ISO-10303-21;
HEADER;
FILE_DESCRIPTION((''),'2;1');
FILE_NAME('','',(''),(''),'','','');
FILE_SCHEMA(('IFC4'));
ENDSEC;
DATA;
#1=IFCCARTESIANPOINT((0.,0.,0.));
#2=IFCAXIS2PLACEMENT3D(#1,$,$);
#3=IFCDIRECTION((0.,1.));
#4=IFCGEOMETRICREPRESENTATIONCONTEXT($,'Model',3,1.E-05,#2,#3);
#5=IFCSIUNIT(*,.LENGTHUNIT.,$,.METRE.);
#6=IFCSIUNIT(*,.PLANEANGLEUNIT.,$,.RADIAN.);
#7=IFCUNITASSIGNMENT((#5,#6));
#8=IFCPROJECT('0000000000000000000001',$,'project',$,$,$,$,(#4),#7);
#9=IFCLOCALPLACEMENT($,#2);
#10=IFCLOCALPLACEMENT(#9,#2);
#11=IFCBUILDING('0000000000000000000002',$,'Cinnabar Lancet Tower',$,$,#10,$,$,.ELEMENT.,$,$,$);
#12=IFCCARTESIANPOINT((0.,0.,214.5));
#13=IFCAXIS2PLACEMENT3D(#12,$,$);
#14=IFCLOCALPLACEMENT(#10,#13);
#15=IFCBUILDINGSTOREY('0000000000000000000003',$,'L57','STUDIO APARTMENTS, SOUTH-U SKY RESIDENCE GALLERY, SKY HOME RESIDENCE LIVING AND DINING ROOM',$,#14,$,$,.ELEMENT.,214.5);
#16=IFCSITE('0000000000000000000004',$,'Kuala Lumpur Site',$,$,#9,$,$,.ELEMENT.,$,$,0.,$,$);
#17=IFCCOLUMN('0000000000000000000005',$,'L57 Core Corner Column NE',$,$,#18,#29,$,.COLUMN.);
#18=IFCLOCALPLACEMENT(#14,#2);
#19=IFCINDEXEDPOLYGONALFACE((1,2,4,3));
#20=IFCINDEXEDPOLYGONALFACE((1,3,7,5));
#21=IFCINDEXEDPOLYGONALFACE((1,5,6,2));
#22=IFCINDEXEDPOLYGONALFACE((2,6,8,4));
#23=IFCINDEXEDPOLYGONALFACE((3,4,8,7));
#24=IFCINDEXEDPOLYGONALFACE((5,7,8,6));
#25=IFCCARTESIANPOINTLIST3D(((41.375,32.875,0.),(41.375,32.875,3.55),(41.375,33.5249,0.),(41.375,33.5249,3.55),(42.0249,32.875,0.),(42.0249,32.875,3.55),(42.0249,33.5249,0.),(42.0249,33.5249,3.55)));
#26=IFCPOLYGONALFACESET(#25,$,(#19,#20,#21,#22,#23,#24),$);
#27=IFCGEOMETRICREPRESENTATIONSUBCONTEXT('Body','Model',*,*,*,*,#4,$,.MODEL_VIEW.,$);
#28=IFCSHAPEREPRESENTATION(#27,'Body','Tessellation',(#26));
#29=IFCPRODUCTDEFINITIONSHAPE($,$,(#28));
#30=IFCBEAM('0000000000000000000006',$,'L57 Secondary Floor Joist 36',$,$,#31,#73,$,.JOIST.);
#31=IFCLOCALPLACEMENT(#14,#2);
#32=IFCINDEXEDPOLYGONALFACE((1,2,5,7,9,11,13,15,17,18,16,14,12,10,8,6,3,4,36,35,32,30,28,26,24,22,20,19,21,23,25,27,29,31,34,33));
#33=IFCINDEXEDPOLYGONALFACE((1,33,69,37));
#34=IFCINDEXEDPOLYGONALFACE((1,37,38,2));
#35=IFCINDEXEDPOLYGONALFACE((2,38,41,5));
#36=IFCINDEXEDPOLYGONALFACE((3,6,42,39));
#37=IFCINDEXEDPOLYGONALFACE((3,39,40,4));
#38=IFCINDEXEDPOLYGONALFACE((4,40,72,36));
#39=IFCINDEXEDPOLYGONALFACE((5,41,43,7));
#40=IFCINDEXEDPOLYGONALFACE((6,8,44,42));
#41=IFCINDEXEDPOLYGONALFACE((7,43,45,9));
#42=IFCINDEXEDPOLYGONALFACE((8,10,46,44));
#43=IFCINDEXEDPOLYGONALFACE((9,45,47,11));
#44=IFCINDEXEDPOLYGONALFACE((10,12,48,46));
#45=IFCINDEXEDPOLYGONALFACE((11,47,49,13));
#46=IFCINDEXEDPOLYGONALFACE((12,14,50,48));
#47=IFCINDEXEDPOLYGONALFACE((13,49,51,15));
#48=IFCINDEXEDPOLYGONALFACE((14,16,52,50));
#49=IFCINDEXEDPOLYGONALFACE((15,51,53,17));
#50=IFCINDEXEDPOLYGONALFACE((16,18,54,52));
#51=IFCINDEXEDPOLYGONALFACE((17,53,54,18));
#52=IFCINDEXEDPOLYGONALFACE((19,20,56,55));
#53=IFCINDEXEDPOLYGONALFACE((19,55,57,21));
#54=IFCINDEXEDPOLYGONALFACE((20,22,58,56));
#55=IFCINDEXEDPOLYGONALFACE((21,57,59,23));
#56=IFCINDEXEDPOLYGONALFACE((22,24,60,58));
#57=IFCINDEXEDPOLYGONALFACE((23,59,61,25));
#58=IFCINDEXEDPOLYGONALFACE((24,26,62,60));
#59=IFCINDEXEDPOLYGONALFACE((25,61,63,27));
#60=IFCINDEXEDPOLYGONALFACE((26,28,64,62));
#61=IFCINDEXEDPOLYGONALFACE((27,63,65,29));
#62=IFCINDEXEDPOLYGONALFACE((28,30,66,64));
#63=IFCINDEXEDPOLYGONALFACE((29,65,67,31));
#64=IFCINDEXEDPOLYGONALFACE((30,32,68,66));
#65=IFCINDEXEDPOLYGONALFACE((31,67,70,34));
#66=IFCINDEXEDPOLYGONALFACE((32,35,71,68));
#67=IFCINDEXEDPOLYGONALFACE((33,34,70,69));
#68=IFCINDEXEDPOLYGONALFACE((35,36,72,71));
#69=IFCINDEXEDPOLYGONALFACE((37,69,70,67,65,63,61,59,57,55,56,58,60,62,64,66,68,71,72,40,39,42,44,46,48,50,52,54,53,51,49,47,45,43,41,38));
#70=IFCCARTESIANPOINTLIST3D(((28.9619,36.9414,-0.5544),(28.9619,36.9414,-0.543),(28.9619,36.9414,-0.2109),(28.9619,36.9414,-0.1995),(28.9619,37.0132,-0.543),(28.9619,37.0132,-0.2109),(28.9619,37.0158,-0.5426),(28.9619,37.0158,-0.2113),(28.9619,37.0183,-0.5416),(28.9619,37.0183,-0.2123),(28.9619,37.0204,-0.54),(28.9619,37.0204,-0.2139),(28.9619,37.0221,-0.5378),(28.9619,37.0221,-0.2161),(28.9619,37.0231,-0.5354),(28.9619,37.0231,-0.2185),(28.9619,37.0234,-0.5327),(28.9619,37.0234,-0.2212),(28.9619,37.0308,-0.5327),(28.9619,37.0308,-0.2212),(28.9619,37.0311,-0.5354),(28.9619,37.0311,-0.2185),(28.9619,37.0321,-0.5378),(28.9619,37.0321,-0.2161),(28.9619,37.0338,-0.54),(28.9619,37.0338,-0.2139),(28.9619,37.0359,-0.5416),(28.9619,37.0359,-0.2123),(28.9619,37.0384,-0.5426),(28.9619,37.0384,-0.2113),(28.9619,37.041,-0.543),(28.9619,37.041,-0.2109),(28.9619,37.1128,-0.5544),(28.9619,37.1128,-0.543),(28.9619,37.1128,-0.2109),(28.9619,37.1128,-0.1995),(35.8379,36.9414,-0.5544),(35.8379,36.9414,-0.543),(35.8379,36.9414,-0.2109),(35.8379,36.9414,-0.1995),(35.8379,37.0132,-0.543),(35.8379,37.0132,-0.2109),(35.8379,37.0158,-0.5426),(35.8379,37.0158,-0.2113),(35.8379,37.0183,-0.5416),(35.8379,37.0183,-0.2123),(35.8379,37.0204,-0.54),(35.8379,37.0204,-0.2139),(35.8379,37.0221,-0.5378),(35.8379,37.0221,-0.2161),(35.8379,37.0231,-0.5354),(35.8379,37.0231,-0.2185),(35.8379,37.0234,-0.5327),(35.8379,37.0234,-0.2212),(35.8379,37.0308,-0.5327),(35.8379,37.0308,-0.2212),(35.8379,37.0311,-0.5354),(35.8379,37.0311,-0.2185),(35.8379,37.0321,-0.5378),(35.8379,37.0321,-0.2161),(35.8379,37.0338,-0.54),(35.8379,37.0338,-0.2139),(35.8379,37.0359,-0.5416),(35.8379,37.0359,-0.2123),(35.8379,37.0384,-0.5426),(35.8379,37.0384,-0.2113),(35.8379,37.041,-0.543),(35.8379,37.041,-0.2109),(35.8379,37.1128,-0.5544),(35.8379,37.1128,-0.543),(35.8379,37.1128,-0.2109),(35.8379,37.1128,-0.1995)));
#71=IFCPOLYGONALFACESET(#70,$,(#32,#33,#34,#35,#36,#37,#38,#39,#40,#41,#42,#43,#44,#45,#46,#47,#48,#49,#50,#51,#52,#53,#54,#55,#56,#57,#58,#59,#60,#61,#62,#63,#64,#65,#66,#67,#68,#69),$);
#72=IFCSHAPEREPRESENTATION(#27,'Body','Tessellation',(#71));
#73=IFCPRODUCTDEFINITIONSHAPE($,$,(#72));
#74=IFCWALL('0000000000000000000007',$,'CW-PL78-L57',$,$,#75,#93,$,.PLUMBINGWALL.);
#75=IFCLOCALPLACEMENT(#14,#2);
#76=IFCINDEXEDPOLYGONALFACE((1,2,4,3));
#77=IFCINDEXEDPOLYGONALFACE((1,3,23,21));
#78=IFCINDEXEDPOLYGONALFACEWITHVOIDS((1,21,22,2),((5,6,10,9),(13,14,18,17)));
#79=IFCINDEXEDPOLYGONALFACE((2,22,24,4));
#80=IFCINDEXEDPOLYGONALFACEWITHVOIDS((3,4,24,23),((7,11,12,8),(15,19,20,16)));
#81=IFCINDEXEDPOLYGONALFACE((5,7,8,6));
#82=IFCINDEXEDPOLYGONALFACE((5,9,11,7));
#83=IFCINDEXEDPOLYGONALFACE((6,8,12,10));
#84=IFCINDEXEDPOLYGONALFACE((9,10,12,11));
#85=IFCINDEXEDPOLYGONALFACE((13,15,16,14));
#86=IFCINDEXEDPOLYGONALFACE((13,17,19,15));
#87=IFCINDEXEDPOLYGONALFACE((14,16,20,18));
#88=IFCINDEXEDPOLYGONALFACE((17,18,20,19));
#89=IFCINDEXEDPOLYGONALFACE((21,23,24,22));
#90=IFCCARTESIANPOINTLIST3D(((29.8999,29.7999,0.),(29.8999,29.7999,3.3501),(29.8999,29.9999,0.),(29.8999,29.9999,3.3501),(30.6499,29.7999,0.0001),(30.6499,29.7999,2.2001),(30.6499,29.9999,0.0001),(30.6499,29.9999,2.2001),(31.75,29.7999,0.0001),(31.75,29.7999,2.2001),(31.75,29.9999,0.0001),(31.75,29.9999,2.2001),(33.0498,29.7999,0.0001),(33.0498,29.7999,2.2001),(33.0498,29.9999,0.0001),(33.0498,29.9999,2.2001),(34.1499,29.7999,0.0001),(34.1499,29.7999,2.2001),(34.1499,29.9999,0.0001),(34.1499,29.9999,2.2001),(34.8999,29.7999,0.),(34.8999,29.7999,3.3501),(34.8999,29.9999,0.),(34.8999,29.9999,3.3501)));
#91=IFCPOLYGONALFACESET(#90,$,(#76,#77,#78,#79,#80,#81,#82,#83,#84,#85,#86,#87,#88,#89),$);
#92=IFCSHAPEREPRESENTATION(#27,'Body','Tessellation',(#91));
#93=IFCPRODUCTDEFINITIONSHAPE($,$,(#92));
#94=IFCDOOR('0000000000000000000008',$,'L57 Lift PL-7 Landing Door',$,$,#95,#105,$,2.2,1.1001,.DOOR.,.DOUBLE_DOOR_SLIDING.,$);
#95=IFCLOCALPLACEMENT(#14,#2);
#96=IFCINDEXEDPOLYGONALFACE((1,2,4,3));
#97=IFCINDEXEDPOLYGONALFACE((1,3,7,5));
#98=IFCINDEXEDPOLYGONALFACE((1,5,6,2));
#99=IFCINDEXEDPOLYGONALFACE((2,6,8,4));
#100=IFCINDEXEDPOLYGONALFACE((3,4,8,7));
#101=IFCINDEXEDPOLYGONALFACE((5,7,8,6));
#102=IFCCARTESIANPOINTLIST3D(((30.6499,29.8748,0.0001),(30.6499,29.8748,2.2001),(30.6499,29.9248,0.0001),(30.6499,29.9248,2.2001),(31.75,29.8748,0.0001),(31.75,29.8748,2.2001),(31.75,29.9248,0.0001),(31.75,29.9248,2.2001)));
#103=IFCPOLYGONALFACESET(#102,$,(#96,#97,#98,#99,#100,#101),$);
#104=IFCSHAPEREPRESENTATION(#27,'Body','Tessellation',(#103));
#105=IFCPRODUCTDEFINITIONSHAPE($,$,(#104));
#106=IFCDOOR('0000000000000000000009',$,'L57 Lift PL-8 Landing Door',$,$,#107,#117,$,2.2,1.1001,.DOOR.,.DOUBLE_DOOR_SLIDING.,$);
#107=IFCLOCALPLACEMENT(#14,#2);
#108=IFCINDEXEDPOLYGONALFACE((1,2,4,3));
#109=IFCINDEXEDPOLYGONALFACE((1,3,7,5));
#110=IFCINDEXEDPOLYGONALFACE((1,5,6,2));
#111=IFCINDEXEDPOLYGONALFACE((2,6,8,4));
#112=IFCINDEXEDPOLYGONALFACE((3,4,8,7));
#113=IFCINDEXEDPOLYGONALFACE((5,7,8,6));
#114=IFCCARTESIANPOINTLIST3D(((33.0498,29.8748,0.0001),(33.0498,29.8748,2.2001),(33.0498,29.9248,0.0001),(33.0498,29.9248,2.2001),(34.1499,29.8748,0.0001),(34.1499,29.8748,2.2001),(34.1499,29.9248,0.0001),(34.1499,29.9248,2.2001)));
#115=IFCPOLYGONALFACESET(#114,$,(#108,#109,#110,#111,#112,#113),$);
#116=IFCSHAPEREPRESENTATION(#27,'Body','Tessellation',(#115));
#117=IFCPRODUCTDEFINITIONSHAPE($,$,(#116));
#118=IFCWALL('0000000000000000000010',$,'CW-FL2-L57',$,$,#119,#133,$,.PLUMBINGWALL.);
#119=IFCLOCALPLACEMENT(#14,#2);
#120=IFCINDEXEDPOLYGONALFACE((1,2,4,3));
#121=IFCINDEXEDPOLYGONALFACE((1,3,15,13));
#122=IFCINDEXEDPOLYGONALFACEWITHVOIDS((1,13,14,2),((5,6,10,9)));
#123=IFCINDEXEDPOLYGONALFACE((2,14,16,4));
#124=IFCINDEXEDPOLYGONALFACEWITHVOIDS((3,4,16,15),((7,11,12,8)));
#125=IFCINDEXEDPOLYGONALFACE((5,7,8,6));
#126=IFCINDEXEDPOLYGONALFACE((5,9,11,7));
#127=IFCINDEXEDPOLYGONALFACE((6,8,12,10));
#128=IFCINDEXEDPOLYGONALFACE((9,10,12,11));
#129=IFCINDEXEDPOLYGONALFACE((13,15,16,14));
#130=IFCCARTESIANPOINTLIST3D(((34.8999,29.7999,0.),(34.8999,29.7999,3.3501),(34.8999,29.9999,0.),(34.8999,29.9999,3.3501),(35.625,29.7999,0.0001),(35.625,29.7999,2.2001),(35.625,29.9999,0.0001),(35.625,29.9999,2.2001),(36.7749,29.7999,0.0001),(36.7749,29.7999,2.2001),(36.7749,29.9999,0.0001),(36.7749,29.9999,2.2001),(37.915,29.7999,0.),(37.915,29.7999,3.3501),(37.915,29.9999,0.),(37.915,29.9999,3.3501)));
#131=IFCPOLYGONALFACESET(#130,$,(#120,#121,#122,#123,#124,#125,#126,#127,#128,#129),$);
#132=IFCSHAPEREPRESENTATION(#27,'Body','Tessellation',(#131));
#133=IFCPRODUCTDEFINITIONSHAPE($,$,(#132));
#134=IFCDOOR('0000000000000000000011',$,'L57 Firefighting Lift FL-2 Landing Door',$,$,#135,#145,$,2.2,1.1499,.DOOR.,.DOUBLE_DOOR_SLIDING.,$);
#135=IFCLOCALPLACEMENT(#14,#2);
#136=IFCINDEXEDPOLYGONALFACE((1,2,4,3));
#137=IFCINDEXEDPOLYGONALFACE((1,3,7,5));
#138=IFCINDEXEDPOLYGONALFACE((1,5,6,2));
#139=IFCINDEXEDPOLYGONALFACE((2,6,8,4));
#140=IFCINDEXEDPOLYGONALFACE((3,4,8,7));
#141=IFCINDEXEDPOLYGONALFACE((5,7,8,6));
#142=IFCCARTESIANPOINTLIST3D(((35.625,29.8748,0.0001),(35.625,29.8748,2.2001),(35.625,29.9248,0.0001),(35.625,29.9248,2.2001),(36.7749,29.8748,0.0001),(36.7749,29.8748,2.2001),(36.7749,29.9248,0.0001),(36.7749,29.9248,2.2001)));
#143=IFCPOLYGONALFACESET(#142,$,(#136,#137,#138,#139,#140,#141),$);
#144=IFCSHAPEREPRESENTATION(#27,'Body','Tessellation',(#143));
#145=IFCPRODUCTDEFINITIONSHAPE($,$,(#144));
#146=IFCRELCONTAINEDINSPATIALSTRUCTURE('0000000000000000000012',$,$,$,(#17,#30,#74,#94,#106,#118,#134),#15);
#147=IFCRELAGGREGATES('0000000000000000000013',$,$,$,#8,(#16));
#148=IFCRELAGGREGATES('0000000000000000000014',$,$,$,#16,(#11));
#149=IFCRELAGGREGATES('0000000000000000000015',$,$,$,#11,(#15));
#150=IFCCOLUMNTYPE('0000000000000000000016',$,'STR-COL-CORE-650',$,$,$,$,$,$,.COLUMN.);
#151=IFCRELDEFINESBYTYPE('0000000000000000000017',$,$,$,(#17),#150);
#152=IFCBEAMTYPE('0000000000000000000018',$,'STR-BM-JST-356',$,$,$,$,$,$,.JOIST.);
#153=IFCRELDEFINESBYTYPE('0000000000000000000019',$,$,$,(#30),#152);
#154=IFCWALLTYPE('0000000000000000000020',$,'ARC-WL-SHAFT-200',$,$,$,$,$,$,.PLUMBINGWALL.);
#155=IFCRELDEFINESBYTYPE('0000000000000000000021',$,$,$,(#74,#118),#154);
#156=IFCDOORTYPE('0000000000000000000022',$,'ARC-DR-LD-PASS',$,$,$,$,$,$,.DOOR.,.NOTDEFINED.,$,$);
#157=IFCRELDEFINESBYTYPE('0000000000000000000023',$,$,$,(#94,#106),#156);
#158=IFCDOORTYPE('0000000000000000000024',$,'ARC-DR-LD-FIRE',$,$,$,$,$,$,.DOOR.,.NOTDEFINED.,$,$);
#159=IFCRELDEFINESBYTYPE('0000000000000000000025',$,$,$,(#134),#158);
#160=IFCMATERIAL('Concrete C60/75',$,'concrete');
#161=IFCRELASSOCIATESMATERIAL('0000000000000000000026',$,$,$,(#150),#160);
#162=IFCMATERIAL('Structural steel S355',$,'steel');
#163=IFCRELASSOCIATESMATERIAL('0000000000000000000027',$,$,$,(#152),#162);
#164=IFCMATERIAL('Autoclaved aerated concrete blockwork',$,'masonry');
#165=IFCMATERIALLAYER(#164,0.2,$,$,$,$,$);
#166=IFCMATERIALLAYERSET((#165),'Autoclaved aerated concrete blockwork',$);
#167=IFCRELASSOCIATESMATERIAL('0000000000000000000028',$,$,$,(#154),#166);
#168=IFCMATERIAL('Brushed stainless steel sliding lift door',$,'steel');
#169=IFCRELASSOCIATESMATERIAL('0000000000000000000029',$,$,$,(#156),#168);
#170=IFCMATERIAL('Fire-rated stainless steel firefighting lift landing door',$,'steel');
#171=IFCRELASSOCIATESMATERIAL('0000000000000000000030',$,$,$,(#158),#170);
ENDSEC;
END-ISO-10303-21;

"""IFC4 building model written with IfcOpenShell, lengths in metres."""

from ifc_helpers import new_model, si_unit, direction, frame, frame_2d, origin, origin_2d, place, context, subcontext, project, spatial, rectangle, i_section, extrude, material, layer, layer_set, material_profile, profile_set, type_object, element, fill, save


model = new_model("IFC4")

# Units and contexts
model_context = context("Model", 3, precision=1e-05, world=origin(), true_north=direction((0.0, 1.0)))
body_context = subcontext(model_context, "Body", "Model", "MODEL_VIEW")
ifc_project = project(units=[si_unit("LENGTHUNIT", "METRE"), si_unit("PLANEANGLEUNIT", "RADIAN")], contexts=[model_context])

# Site, building, storey
site_placement = place(None, origin())
site = spatial("IfcSite", under=ifc_project, at=site_placement, Name="Kuala Lumpur Site", CompositionType="ELEMENT", RefElevation=0.0)
building_placement = place(site_placement, origin())
building = spatial("IfcBuilding", under=site, at=building_placement, Name="Cinnabar Lancet Tower", CompositionType="ELEMENT")
storey_placement = place(building_placement, frame((0.0, 0.0, 214.5)))
storey = spatial("IfcBuildingStorey", under=building, at=storey_placement, Name="L57", Description="STUDIO APARTMENTS, SOUTH-U SKY RESIDENCE GALLERY, SKY HOME RESIDENCE LIVING AND DINING ROOM", CompositionType="ELEMENT", Elevation=214.5)

# Column
ifc_material_1 = material(Name="Concrete C60/75", Category="concrete")
ifc_material_profile_1 = material_profile(ifc_material_1, rectangle(XDim=0.6499, YDim=0.6499, at=origin_2d()), Name="RC-COL 650x650")
ifc_profile_set_1 = profile_set([ifc_material_profile_1], Name="Concrete C60/75")
column_type = type_object("IfcColumnType", Name="STR-COL-CORE-650", PredefinedType="COLUMN", material=ifc_profile_set_1)
column_placement = place(storey_placement, frame((41.7, 33.2, 0.0), z_axis=(0.0, 0.0, 1.0), x_axis=(1.0, 0.0, 0.0)))
element("IfcColumn", 1, at=column_placement, inside=storey, type_object=column_type, Name="L57 Core Corner Column NE", PredefinedType="COLUMN", context=body_context, shape_type="SweptSolid", body=[
    extrude(rectangle(XDim=0.6499, YDim=0.6499, at=origin_2d()), origin(), (0.0, 0.0, 1.0), 3.55),
])

# Beam
ifc_material_2 = material(Name="Structural steel S355", Category="steel")
ifc_material_profile_2 = material_profile(ifc_material_2, i_section(OverallWidth=0.1714, OverallDepth=0.355, WebThickness=0.0073, FlangeThickness=0.0115, FilletRadius=0.0103, at=origin_2d()), Name="UKB 356x171x51")
ifc_profile_set_2 = profile_set([ifc_material_profile_2], Name="Structural steel S355")
beam_type = type_object("IfcBeamType", Name="STR-BM-JST-356", PredefinedType="JOIST", material=ifc_profile_set_2)
beam_placement = place(storey_placement, frame((35.8379, 37.0271, -0.377), z_axis=(-1.0, 0.0, 0.0), x_axis=(0.0, -1.0, 0.0)))
element("IfcBeam", 2, at=beam_placement, inside=storey, type_object=beam_type, Name="L57 Secondary Floor Joist 36", PredefinedType="JOIST", context=body_context, shape_type="SweptSolid", body=[
    extrude(i_section(OverallWidth=0.1714, OverallDepth=0.355, WebThickness=0.0073, FlangeThickness=0.0115, FilletRadius=0.0103, at=origin_2d()), origin(), (0.0, 0.0, 1.0), 6.876),
])

# Wall, openings, doors
ifc_material_3 = material(Name="Autoclaved aerated concrete blockwork", Category="masonry")
ifc_layer_1 = layer(ifc_material_3, 0.2)
ifc_layer_set_1 = layer_set([ifc_layer_1], Name="Autoclaved aerated concrete blockwork")
wall_type_1 = type_object("IfcWallType", Name="ARC-WL-SHAFT-200", PredefinedType="PLUMBINGWALL", material=ifc_layer_set_1)
wall_1_placement = place(storey_placement, frame((29.8999, 29.8999, 0.0), z_axis=(0.0, 0.0, 1.0), x_axis=(1.0, 0.0, 0.0)))
wall_1 = element("IfcWall", 3, at=wall_1_placement, inside=storey, type_object=wall_type_1, Name="CW-PL78-L57", PredefinedType="PLUMBINGWALL", context=body_context, shape_type="SweptSolid", body=[
    extrude(rectangle(XDim=5.0, YDim=0.2, at=frame_2d((2.5, 0.0))), origin(), (0.0, 0.0, 1.0), 3.3501),
])
opening_1_placement = place(wall_1_placement, frame((0.75, 0.0, 0.0)))
opening_1 = element("IfcOpeningElement", 4, at=opening_1_placement, cuts=wall_1, PredefinedType="OPENING", context=body_context, shape_type="SweptSolid", body=[
    extrude(rectangle(XDim=1.1001, YDim=2.2, at=frame_2d((0.55, 1.1001))), frame((0.0, 0.1099, 0.0), z_axis=(0.0, -1.0, 0.0), x_axis=(1.0, 0.0, 0.0)), (0.0, 0.0, 1.0), 0.22),
])
opening_2_placement = place(wall_1_placement, frame((3.1499, 0.0, 0.0)))
opening_2 = element("IfcOpeningElement", 5, at=opening_2_placement, cuts=wall_1, PredefinedType="OPENING", context=body_context, shape_type="SweptSolid", body=[
    extrude(rectangle(XDim=1.1001, YDim=2.2, at=frame_2d((0.55, 1.1001))), frame((0.0, 0.1099, 0.0), z_axis=(0.0, -1.0, 0.0), x_axis=(1.0, 0.0, 0.0)), (0.0, 0.0, 1.0), 0.22),
])
ifc_material_4 = material(Name="Brushed stainless steel sliding lift door", Category="steel")
door_type_1 = type_object("IfcDoorType", Name="ARC-DR-LD-PASS", OperationType="NOTDEFINED", PredefinedType="DOOR", material=ifc_material_4)
door_1_placement = place(opening_1_placement, origin())
door_1 = element("IfcDoor", 6, at=door_1_placement, inside=storey, type_object=door_type_1, Name="L57 Lift PL-7 Landing Door", OperationType="DOUBLE_DOOR_SLIDING", OverallHeight=2.2, OverallWidth=1.1001, PredefinedType="DOOR", context=body_context, shape_type="SweptSolid", body=[
    extrude(rectangle(XDim=1.1001, YDim=2.2, at=frame_2d((0.55, 1.1001))), frame((0.0, 0.0249, 0.0), z_axis=(0.0, -1.0, 0.0), x_axis=(1.0, 0.0, 0.0)), (0.0, 0.0, 1.0), 0.05),
])
fill(opening_1, door_1)
door_2_placement = place(opening_2_placement, origin())
door_2 = element("IfcDoor", 7, at=door_2_placement, inside=storey, type_object=door_type_1, Name="L57 Lift PL-8 Landing Door", OperationType="DOUBLE_DOOR_SLIDING", OverallHeight=2.2, OverallWidth=1.1001, PredefinedType="DOOR", context=body_context, shape_type="SweptSolid", body=[
    extrude(rectangle(XDim=1.1001, YDim=2.2, at=frame_2d((0.55, 1.1001))), frame((0.0, 0.0249, 0.0), z_axis=(0.0, -1.0, 0.0), x_axis=(1.0, 0.0, 0.0)), (0.0, 0.0, 1.0), 0.05),
])
fill(opening_2, door_2)

# Wall, opening, door
wall_2_placement = place(storey_placement, frame((34.8999, 29.8999, 0.0), z_axis=(0.0, 0.0, 1.0), x_axis=(1.0, 0.0, 0.0)))
wall_2 = element("IfcWall", 8, at=wall_2_placement, inside=storey, type_object=wall_type_1, Name="CW-FL2-L57", PredefinedType="PLUMBINGWALL", context=body_context, shape_type="SweptSolid", body=[
    extrude(rectangle(XDim=3.0151, YDim=0.2, at=frame_2d((1.5076, 0.0))), origin(), (0.0, 0.0, 1.0), 3.3501),
])
opening_3_placement = place(wall_2_placement, frame((0.7251, 0.0, 0.0)))
opening_3 = element("IfcOpeningElement", 9, at=opening_3_placement, cuts=wall_2, PredefinedType="OPENING", context=body_context, shape_type="SweptSolid", body=[
    extrude(rectangle(XDim=1.1499, YDim=2.2, at=frame_2d((0.575, 1.1001))), frame((0.0, 0.1099, 0.0), z_axis=(0.0, -1.0, 0.0), x_axis=(1.0, 0.0, 0.0)), (0.0, 0.0, 1.0), 0.22),
])
ifc_material_5 = material(Name="Fire-rated stainless steel firefighting lift landing door", Category="steel")
door_type_2 = type_object("IfcDoorType", Name="ARC-DR-LD-FIRE", OperationType="NOTDEFINED", PredefinedType="DOOR", material=ifc_material_5)
door_3_placement = place(opening_3_placement, origin())
door_3 = element("IfcDoor", 10, at=door_3_placement, inside=storey, type_object=door_type_2, Name="L57 Firefighting Lift FL-2 Landing Door", OperationType="DOUBLE_DOOR_SLIDING", OverallHeight=2.2, OverallWidth=1.1499, PredefinedType="DOOR", context=body_context, shape_type="SweptSolid", body=[
    extrude(rectangle(XDim=1.1499, YDim=2.2, at=frame_2d((0.575, 1.1001))), frame((0.0, 0.0249, 0.0), z_axis=(0.0, -1.0, 0.0), x_axis=(1.0, 0.0, 0.0)), (0.0, 0.0, 1.0), 0.05),
])
fill(opening_3, door_3)

save(model, "model.ifc")
